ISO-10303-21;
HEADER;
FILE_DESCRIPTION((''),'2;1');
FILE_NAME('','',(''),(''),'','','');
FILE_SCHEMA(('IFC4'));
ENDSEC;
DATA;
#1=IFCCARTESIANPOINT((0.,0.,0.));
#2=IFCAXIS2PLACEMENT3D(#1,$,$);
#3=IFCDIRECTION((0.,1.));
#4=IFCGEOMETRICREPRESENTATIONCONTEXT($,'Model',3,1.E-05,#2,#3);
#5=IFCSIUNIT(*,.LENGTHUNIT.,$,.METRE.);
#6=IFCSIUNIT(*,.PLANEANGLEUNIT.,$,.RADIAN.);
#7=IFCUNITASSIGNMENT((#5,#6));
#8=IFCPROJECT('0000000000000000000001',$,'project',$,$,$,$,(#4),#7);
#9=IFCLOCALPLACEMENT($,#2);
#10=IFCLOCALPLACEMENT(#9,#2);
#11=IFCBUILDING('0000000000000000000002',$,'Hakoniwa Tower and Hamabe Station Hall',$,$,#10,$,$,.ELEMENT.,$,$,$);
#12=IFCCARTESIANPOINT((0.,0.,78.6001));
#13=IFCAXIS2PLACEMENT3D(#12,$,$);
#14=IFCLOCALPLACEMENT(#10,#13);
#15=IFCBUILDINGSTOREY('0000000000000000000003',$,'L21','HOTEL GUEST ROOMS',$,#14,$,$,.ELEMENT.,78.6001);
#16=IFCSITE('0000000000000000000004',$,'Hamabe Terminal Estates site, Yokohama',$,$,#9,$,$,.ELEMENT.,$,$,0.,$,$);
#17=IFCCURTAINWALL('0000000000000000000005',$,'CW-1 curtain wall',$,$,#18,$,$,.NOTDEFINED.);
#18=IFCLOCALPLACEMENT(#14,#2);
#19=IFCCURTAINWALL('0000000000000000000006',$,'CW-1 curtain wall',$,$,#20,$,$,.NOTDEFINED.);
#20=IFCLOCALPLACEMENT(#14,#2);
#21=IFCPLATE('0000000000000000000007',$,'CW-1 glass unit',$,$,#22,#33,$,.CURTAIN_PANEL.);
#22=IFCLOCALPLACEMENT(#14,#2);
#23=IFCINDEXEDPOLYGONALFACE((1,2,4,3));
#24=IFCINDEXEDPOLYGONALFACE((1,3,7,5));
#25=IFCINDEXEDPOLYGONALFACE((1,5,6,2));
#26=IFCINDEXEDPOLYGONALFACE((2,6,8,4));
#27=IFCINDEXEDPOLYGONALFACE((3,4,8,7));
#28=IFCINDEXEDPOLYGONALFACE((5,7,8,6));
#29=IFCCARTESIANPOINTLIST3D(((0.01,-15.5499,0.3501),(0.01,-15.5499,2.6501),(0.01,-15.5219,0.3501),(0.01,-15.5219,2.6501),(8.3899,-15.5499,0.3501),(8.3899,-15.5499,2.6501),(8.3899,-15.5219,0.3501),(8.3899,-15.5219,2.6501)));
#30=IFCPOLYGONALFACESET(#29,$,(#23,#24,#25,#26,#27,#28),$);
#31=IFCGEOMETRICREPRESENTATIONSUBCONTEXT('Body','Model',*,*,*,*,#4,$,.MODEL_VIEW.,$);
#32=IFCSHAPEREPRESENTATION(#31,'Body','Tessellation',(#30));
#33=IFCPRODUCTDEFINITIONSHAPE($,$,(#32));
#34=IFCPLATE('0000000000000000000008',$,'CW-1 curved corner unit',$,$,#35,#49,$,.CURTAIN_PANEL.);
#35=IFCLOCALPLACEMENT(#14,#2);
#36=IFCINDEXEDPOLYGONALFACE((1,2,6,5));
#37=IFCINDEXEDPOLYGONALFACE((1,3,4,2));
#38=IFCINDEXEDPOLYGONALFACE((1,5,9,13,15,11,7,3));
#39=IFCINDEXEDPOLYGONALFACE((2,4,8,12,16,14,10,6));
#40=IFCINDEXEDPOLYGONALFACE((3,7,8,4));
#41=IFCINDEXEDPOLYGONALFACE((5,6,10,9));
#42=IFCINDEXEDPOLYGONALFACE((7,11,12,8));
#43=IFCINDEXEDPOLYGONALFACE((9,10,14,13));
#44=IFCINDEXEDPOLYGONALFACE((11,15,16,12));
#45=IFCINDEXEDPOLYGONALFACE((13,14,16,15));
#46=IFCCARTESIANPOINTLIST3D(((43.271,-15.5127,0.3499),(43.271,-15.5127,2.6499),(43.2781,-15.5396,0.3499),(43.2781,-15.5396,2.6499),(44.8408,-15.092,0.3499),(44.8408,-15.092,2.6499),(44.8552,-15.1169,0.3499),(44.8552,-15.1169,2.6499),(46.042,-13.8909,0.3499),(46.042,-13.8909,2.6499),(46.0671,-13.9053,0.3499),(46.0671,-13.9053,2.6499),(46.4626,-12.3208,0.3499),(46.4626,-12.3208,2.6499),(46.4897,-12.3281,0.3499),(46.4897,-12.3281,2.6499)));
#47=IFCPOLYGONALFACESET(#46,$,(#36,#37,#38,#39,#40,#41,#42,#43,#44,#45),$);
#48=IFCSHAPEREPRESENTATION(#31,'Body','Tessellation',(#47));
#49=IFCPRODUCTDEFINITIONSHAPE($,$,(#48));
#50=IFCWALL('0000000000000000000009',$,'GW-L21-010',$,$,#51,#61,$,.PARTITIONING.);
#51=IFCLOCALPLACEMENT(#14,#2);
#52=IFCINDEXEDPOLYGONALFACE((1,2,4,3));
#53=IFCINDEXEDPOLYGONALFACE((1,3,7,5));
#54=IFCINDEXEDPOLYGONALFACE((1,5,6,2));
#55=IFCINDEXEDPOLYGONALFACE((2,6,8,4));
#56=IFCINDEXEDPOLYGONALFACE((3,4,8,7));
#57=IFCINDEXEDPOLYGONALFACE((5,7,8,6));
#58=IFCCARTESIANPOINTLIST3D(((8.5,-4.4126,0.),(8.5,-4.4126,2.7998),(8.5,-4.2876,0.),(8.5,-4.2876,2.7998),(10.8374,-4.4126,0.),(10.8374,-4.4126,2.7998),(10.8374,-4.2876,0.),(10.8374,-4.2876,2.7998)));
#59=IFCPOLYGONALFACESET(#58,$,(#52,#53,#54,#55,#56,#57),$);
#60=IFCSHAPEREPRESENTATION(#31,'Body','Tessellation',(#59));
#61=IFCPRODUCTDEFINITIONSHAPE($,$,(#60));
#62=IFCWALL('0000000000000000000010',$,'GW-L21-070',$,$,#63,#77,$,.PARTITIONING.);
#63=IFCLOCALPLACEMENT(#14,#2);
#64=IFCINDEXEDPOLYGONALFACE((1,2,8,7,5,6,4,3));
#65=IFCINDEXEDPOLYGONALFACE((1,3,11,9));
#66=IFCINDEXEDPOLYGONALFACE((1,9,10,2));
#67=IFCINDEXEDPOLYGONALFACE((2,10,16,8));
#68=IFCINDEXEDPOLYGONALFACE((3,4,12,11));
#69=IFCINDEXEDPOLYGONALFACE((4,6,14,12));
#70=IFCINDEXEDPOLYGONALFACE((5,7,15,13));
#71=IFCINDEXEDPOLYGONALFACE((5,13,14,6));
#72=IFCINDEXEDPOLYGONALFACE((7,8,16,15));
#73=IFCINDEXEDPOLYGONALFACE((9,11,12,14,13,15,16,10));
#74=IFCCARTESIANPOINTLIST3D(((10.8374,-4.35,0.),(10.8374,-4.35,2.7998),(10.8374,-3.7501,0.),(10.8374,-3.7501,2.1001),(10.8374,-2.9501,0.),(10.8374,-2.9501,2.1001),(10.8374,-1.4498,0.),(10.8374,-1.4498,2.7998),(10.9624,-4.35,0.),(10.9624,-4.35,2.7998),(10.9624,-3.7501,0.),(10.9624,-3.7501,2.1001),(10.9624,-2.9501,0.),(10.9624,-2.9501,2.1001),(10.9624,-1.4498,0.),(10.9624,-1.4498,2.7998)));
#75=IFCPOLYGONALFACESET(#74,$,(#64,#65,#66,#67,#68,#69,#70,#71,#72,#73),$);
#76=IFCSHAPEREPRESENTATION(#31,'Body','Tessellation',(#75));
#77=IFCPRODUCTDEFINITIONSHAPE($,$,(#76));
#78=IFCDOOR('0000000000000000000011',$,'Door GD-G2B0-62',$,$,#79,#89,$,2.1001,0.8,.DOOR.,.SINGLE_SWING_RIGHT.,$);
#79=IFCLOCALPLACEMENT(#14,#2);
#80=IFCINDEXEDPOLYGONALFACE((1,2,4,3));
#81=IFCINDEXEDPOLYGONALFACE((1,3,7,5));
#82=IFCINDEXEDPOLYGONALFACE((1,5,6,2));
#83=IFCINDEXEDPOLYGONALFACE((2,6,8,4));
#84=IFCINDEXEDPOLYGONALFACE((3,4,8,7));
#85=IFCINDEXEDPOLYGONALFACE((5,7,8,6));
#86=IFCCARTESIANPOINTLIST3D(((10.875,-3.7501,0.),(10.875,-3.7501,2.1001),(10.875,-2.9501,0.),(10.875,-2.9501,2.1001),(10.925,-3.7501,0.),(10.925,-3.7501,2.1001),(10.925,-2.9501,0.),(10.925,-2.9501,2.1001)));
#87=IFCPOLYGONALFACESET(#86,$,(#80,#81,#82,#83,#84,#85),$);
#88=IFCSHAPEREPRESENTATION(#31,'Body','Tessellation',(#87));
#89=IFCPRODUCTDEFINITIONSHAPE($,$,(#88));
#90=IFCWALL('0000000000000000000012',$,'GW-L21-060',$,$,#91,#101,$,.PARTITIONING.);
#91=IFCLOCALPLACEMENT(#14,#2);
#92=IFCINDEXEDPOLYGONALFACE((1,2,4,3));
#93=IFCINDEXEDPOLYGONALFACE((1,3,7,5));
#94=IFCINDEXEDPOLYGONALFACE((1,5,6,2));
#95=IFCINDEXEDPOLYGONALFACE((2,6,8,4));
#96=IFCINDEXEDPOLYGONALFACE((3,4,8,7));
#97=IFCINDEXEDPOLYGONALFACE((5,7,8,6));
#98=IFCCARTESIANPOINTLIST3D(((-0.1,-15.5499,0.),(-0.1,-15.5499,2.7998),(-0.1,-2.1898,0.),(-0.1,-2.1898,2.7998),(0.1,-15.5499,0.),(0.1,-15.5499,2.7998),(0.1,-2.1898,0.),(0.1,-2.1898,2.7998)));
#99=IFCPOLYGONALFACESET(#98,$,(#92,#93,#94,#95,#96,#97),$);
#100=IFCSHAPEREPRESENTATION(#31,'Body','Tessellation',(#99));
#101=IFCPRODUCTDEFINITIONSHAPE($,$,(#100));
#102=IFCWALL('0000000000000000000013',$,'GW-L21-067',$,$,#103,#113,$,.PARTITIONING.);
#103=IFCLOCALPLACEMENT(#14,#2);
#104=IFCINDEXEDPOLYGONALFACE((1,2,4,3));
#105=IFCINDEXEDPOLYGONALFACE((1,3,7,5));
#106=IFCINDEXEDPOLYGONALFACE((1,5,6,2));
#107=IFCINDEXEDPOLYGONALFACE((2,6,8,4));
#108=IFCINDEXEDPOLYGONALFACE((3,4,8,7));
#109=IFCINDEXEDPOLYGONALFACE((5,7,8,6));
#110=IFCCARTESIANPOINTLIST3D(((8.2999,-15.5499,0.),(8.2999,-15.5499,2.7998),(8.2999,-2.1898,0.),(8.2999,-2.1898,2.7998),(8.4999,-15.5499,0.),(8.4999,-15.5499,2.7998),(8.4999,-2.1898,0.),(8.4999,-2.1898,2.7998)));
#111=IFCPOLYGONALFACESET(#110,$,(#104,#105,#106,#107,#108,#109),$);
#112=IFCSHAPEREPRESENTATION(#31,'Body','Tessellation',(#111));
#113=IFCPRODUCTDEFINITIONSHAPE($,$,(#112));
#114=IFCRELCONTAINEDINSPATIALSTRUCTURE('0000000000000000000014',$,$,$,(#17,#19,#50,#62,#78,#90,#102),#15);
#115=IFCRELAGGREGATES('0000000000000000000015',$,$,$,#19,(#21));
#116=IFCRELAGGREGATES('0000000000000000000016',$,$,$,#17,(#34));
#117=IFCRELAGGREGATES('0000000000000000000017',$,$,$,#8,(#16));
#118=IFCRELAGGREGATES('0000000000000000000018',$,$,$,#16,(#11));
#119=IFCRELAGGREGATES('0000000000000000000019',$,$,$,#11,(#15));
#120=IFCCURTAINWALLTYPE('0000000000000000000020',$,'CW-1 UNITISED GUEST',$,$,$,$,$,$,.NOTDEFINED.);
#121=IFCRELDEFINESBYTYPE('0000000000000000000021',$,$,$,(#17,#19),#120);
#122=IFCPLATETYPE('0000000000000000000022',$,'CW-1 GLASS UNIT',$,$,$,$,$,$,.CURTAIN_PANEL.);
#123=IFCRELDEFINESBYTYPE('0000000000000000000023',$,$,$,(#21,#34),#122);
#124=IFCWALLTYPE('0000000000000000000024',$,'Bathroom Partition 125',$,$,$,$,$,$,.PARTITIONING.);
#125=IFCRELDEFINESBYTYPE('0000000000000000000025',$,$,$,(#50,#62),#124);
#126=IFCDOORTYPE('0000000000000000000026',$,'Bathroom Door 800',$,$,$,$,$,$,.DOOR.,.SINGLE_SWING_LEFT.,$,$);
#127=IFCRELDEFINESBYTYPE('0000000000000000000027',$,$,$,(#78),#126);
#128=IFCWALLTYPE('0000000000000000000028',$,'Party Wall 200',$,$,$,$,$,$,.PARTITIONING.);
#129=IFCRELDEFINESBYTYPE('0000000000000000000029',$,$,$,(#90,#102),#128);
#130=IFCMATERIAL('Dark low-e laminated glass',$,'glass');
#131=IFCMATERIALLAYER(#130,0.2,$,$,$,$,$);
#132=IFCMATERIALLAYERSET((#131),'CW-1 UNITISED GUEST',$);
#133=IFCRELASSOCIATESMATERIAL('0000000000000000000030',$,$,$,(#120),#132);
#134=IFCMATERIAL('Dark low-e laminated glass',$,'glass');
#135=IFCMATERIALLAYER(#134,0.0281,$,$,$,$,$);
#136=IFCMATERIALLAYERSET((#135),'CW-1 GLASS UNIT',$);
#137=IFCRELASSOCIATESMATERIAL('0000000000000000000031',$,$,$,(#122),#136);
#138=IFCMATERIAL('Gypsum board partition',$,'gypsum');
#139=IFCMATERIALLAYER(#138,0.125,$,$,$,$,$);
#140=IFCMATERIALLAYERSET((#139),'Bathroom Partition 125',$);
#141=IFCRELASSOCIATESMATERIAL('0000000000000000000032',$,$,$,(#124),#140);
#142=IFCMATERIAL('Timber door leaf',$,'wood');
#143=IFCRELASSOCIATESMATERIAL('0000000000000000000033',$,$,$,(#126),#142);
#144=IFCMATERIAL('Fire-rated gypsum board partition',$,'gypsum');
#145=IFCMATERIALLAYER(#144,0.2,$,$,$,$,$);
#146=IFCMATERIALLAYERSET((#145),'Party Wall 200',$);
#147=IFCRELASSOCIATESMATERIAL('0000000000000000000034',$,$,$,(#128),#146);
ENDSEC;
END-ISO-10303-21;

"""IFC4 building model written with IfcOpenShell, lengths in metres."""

from ifc_helpers import new_model, si_unit, direction, frame, frame_2d, origin, origin_2d, place, context, subcontext, project, spatial, polyline, rectangle, outline, extrude, material, layer, layer_set, type_object, element, fill, aggregate, save


model = new_model("IFC4")

# Units and contexts
model_context = context("Model", 3, precision=1e-05, world=origin(), true_north=direction((0.0, 1.0)))
body_context = subcontext(model_context, "Body", "Model", "MODEL_VIEW")
ifc_project = project(units=[si_unit("LENGTHUNIT", "METRE"), si_unit("PLANEANGLEUNIT", "RADIAN")], contexts=[model_context])

# Site, building, storey
site_placement = place(None, origin())
site = spatial("IfcSite", under=ifc_project, at=site_placement, Name="Hamabe Terminal Estates site, Yokohama", CompositionType="ELEMENT", RefElevation=0.0)
building_placement = place(site_placement, origin())
building = spatial("IfcBuilding", under=site, at=building_placement, Name="Hakoniwa Tower and Hamabe Station Hall", CompositionType="ELEMENT")
storey_placement = place(building_placement, frame((0.0, 0.0, 78.6001)))
storey = spatial("IfcBuildingStorey", under=building, at=storey_placement, Name="L21", Description="HOTEL GUEST ROOMS", CompositionType="ELEMENT", Elevation=78.6001)

# Curtain walls
ifc_material_1 = material(Name="Dark low-e laminated glass", Category="glass")
ifc_layer_1 = layer(ifc_material_1, 0.2)
ifc_layer_set_1 = layer_set([ifc_layer_1], Name="CW-1 UNITISED GUEST")
curtain_wall_type = type_object("IfcCurtainWallType", Name="CW-1 UNITISED GUEST", PredefinedType="NOTDEFINED", material=ifc_layer_set_1)
curtain_wall_1_placement = place(storey_placement, origin())
curtain_wall_1 = element("IfcCurtainWall", 1, at=curtain_wall_1_placement, inside=storey, type_object=curtain_wall_type, Name="CW-1 curtain wall", PredefinedType="NOTDEFINED")
curtain_wall_2_placement = place(storey_placement, origin())
curtain_wall_2 = element("IfcCurtainWall", 2, at=curtain_wall_2_placement, inside=storey, type_object=curtain_wall_type, Name="CW-1 curtain wall", PredefinedType="NOTDEFINED")

# Plates
ifc_material_2 = material(Name="Dark low-e laminated glass", Category="glass")
ifc_layer_2 = layer(ifc_material_2, 0.0281)
ifc_layer_set_2 = layer_set([ifc_layer_2], Name="CW-1 GLASS UNIT")
plate_type = type_object("IfcPlateType", Name="CW-1 GLASS UNIT", PredefinedType="CURTAIN_PANEL", material=ifc_layer_set_2)
plate_1_placement = place(storey_placement, frame((4.2, -15.5359, 0.3501), z_axis=(0.0, 0.0, 1.0), x_axis=(1.0, 0.0, 0.0)))
plate_1 = element("IfcPlate", 3, at=plate_1_placement, type_object=plate_type, Name="CW-1 glass unit", PredefinedType="CURTAIN_PANEL", context=body_context, shape_type="SweptSolid", body=[
    extrude(rectangle(XDim=8.3799, YDim=0.0281, at=origin_2d()), origin(), (0.0, 0.0, 1.0), 2.3),
])
aggregate(curtain_wall_2, [plate_1])
plate_2_placement = place(storey_placement, frame((0.0, 0.0, 0.3499)))
plate_2 = element("IfcPlate", 4, at=plate_2_placement, type_object=plate_type, Name="CW-1 curved corner unit", PredefinedType="CURTAIN_PANEL", context=body_context, shape_type="SweptSolid", body=[
    extrude(outline(polyline([(43.2781, -15.5396), (44.8552, -15.1169), (46.0671, -13.9053), (46.4897, -12.3281), (46.4626, -12.3208), (46.042, -13.8909), (44.8408, -15.092), (43.271, -15.5127), (43.2781, -15.5396)])), origin(), (0.0, 0.0, 1.0), 2.3),
])
aggregate(curtain_wall_1, [plate_2])

# Wall
ifc_material_3 = material(Name="Gypsum board partition", Category="gypsum")
ifc_layer_3 = layer(ifc_material_3, 0.125)
ifc_layer_set_3 = layer_set([ifc_layer_3], Name="Bathroom Partition 125")
wall_type_1 = type_object("IfcWallType", Name="Bathroom Partition 125", PredefinedType="PARTITIONING", material=ifc_layer_set_3)
wall_1_placement = place(storey_placement, frame((8.5, -4.3501, 0.0), z_axis=(0.0, 0.0, 1.0), x_axis=(1.0, 0.0, 0.0)))
element("IfcWall", 5, at=wall_1_placement, inside=storey, type_object=wall_type_1, Name="GW-L21-010", PredefinedType="PARTITIONING", context=body_context, shape_type="SweptSolid", body=[
    extrude(rectangle(XDim=2.3374, YDim=0.125, at=frame_2d((1.1687, 0.0))), origin(), (0.0, 0.0, 1.0), 2.7998),
])

# Wall, opening, door
wall_2_placement = place(storey_placement, frame((10.8999, -4.3501, 0.0), z_axis=(0.0, 0.0, 1.0), x_axis=(0.0, 1.0, 0.0)))
wall_2 = element("IfcWall", 6, at=wall_2_placement, inside=storey, type_object=wall_type_1, Name="GW-L21-070", PredefinedType="PARTITIONING", context=body_context, shape_type="SweptSolid", body=[
    extrude(rectangle(XDim=2.9001, YDim=0.125, at=frame_2d((1.4502, 0.0))), origin(), (0.0, 0.0, 1.0), 2.7998),
])
opening_placement = place(wall_2_placement, frame((0.6001, 0.0, 0.0)))
opening = element("IfcOpeningElement", 7, at=opening_placement, cuts=wall_2, PredefinedType="OPENING", context=body_context, shape_type="SweptSolid", body=[
    extrude(rectangle(XDim=0.8, YDim=2.1001, at=frame_2d((0.3999, 1.05))), frame((0.0, 0.0725, 0.0), z_axis=(0.0, -1.0, 0.0), x_axis=(1.0, 0.0, 0.0)), (0.0, 0.0, 1.0), 0.145),
])
ifc_material_4 = material(Name="Timber door leaf", Category="wood")
door_type = type_object("IfcDoorType", Name="Bathroom Door 800", OperationType="SINGLE_SWING_LEFT", PredefinedType="DOOR", material=ifc_material_4)
door_placement = place(opening_placement, origin())
door = element("IfcDoor", 8, at=door_placement, inside=storey, type_object=door_type, Name="Door GD-G2B0-62", OperationType="SINGLE_SWING_RIGHT", OverallHeight=2.1001, OverallWidth=0.8, PredefinedType="DOOR", context=body_context, shape_type="SweptSolid", body=[
    extrude(rectangle(XDim=0.8, YDim=2.1001, at=frame_2d((0.3999, 1.05))), frame((0.0, 0.0249, 0.0), z_axis=(0.0, -1.0, 0.0), x_axis=(1.0, 0.0, 0.0)), (0.0, 0.0, 1.0), 0.05),
])
fill(opening, door)

# Walls
ifc_material_5 = material(Name="Fire-rated gypsum board partition", Category="gypsum")
ifc_layer_4 = layer(ifc_material_5, 0.2)
ifc_layer_set_4 = layer_set([ifc_layer_4], Name="Party Wall 200")
wall_type_2 = type_object("IfcWallType", Name="Party Wall 200", PredefinedType="PARTITIONING", material=ifc_layer_set_4)
for number, where, z_axis, x_axis, name in (
    (9, (0.0, -15.55, 0.0), (0.0, 0.0, 1.0), (0.0, 1.0, 0.0), "GW-L21-060"),
    (10, (8.3999, -15.55, 0.0), (0.0, 0.0, 1.0), (0.0, 1.0, 0.0), "GW-L21-067"),
):
    element("IfcWall", number, at=place(storey_placement, frame(where, z_axis=z_axis, x_axis=x_axis)), inside=storey, type_object=wall_type_2, Name=name, PredefinedType="PARTITIONING", context=body_context, shape_type="SweptSolid", body=[
        extrude(rectangle(XDim=13.3601, YDim=0.2, at=frame_2d((6.6802, 0.0))), origin(), (0.0, 0.0, 1.0), 2.7998),
    ])

save(model, "model.ifc")
